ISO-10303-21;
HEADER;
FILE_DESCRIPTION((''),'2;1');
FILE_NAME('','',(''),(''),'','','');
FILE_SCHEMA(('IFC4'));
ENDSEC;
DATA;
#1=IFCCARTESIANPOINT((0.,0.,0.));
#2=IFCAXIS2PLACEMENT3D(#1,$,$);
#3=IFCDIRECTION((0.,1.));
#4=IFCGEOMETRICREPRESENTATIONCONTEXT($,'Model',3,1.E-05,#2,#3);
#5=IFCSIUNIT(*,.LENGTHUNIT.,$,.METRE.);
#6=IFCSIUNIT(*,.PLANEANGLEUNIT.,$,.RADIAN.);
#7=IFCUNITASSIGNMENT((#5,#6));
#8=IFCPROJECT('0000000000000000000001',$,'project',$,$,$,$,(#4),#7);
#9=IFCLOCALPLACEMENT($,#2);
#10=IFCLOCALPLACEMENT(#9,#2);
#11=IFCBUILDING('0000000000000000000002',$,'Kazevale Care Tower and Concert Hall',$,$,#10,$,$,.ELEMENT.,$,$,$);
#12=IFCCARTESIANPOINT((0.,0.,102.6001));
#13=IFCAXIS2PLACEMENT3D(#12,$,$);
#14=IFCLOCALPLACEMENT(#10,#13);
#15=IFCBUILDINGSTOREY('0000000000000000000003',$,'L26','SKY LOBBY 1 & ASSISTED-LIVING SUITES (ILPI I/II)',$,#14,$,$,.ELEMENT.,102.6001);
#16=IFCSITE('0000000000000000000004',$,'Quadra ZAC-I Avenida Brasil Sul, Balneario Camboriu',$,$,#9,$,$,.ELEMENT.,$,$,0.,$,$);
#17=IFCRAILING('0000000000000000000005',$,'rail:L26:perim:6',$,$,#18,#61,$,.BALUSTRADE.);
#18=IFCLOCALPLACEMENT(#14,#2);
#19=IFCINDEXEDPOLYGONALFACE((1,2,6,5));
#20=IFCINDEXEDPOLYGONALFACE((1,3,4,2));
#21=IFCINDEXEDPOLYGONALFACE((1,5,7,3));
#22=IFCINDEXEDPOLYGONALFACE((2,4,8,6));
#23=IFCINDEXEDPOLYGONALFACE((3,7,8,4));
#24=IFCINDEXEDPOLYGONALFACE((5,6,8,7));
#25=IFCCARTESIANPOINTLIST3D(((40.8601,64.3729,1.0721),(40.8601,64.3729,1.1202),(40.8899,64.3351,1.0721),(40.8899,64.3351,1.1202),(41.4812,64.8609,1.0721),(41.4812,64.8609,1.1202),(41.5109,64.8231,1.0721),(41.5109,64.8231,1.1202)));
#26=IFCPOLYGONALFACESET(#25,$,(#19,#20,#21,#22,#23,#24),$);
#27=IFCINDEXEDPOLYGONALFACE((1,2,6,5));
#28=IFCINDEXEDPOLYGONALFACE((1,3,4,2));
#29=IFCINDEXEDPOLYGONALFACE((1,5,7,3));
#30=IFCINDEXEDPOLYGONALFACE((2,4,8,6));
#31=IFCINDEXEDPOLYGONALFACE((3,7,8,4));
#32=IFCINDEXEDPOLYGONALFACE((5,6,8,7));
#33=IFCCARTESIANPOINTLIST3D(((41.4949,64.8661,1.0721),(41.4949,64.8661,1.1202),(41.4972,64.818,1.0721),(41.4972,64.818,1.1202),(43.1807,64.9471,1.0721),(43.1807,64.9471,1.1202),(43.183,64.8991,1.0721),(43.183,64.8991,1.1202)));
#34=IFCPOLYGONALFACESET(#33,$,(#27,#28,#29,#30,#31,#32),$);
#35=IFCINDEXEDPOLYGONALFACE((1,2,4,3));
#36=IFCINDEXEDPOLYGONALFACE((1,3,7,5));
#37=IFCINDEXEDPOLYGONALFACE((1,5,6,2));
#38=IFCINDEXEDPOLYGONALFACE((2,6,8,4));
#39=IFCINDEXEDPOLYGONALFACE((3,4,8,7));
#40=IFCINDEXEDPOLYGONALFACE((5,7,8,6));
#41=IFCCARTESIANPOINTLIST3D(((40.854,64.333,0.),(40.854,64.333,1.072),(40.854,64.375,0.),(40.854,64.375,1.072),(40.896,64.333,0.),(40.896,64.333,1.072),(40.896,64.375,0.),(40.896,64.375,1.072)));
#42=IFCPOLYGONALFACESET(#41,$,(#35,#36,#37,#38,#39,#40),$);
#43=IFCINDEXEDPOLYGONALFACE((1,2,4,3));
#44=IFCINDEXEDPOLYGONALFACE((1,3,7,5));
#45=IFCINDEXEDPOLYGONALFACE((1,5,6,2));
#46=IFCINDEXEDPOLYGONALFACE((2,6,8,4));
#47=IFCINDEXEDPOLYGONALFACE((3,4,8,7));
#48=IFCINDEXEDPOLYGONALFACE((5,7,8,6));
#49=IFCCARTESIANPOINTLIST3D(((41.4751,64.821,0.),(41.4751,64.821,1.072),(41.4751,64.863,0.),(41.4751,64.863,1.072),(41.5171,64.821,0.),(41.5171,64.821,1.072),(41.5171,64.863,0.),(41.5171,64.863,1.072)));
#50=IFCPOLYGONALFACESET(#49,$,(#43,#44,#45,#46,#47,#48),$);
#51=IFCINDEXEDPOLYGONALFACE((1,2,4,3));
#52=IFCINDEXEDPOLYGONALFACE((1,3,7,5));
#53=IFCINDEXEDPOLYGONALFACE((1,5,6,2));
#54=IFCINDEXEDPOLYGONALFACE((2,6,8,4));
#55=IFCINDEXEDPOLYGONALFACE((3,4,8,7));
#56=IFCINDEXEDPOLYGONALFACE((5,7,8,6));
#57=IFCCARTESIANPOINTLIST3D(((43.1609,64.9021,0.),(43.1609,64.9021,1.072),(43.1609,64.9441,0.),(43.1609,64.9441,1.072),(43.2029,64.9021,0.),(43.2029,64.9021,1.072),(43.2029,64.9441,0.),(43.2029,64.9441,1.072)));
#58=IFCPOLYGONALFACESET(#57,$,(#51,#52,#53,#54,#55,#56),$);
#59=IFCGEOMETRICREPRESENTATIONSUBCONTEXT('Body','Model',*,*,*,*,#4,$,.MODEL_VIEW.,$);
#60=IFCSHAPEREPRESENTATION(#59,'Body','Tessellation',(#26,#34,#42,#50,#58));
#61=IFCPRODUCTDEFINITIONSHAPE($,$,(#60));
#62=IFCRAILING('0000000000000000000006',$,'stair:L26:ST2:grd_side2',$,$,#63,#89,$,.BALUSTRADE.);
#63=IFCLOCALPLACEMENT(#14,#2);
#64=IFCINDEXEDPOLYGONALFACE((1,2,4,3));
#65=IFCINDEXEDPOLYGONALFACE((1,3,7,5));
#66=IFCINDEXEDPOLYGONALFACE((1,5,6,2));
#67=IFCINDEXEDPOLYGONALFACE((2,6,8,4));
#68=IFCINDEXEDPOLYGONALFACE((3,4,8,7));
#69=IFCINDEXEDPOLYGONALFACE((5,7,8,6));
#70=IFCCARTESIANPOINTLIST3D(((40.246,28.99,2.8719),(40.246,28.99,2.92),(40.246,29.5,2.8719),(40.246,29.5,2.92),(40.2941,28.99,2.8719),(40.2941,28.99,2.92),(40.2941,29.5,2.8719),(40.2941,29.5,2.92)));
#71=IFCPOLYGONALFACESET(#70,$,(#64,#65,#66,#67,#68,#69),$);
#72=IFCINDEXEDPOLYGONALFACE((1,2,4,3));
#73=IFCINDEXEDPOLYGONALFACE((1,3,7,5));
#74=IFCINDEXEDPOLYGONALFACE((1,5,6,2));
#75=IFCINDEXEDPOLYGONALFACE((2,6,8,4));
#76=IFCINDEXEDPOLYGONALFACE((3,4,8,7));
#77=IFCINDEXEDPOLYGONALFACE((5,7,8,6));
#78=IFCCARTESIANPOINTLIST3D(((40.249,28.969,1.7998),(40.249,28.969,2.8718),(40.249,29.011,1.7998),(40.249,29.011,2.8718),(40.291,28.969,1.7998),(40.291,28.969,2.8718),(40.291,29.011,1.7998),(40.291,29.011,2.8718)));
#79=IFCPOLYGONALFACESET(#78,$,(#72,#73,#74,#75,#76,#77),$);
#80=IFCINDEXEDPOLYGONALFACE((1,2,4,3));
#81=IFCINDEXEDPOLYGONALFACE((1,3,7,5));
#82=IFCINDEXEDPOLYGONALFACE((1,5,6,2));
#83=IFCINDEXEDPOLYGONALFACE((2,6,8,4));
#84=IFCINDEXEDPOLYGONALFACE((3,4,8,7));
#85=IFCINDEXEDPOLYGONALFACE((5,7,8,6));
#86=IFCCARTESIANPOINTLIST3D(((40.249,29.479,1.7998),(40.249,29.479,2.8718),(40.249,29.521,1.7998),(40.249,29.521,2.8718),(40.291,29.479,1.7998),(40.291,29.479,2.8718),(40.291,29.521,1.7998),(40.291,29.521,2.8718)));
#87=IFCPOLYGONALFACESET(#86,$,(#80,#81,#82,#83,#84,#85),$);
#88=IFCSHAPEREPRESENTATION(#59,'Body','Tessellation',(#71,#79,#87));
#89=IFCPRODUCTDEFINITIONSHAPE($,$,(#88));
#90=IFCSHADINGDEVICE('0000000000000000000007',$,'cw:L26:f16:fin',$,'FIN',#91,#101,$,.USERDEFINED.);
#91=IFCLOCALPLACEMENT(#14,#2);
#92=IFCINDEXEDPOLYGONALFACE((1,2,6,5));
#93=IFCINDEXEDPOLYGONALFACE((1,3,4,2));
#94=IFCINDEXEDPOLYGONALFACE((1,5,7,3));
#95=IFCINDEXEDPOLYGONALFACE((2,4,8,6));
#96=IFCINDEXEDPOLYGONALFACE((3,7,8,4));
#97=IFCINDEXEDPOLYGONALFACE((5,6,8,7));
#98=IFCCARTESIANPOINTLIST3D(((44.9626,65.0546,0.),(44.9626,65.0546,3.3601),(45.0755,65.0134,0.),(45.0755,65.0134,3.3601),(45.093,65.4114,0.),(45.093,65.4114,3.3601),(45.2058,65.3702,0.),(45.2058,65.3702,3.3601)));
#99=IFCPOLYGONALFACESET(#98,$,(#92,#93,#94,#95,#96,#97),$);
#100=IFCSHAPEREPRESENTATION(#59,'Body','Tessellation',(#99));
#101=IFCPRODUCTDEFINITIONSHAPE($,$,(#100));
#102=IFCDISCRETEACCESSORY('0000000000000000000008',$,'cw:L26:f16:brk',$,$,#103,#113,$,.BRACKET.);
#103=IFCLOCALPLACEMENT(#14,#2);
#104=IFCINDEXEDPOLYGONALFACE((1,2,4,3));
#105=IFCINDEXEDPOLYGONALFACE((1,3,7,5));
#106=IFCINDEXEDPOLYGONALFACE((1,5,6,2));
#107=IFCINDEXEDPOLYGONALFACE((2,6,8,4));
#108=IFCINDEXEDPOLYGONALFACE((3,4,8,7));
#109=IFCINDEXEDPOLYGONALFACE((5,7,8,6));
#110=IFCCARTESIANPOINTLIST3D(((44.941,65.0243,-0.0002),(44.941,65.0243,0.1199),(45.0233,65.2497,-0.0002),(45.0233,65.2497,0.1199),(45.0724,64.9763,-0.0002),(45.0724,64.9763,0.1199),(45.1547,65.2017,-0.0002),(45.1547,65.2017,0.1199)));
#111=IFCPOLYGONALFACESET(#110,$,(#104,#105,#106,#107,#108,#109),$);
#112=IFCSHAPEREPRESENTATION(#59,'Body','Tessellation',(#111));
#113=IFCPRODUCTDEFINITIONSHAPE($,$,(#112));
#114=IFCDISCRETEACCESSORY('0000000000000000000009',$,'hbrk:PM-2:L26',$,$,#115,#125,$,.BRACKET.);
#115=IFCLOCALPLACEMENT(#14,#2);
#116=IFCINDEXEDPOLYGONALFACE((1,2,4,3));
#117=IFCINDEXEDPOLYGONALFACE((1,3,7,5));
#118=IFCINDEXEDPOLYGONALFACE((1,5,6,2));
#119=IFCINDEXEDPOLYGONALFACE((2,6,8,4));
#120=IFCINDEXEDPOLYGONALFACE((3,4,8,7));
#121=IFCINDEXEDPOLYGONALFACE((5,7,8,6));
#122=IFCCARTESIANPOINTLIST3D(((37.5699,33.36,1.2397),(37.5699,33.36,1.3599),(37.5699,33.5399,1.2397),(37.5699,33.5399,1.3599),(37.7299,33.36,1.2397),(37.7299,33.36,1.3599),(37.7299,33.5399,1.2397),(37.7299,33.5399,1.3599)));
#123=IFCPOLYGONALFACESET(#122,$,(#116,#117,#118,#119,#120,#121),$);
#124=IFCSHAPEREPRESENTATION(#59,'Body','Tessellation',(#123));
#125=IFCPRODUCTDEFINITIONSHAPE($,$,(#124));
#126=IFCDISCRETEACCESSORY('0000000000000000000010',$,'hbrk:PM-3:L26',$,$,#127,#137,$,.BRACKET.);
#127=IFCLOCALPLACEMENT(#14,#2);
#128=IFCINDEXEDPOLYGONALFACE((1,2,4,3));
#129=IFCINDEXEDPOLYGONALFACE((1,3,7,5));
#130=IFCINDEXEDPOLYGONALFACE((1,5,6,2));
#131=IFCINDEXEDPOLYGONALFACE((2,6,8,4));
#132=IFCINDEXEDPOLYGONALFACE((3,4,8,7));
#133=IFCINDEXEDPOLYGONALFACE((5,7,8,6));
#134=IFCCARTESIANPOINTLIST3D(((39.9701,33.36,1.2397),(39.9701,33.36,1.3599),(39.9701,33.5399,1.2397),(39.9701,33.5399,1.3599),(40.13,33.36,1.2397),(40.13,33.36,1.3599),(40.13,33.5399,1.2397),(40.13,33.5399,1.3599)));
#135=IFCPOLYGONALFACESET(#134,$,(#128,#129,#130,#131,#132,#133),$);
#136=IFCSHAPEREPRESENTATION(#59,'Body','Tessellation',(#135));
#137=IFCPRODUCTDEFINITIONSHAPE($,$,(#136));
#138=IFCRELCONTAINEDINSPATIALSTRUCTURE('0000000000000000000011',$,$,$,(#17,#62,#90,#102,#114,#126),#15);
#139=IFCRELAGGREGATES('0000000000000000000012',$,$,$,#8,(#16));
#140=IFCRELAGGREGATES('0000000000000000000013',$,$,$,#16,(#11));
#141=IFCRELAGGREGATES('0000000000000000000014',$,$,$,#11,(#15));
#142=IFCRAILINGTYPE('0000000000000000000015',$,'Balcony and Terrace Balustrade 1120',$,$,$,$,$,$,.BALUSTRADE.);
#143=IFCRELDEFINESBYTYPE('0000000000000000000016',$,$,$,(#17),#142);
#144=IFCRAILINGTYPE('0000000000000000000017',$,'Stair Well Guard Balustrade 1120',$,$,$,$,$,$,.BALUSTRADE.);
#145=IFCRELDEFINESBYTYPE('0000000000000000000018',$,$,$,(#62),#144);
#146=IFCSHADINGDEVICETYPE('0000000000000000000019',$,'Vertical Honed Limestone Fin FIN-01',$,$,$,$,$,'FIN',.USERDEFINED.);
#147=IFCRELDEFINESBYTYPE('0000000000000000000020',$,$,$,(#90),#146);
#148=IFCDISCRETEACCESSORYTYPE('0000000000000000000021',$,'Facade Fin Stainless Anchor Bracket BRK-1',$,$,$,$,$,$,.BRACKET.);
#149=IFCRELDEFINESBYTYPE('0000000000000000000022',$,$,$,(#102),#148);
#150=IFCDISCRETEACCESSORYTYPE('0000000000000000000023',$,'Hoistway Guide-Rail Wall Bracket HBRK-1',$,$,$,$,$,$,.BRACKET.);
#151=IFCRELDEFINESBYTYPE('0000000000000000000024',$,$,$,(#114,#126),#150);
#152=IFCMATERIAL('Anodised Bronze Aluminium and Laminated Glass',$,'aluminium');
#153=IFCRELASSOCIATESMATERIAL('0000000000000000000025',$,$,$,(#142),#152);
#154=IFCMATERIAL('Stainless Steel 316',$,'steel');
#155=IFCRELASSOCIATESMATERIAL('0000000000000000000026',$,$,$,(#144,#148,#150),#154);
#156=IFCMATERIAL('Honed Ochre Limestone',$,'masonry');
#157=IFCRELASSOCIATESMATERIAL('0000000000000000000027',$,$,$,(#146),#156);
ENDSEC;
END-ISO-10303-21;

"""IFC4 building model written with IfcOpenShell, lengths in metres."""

from ifc_helpers import new_model, si_unit, direction, frame, origin, origin_2d, place, context, subcontext, project, spatial, rectangle, extrude, material, type_object, element, save


model = new_model("IFC4")

# Units and contexts
model_context = context("Model", 3, precision=1e-05, world=origin(), true_north=direction((0.0, 1.0)))
body_context = subcontext(model_context, "Body", "Model", "MODEL_VIEW")
ifc_project = project(units=[si_unit("LENGTHUNIT", "METRE"), si_unit("PLANEANGLEUNIT", "RADIAN")], contexts=[model_context])

# Site, building, storey
site_placement = place(None, origin())
site = spatial("IfcSite", under=ifc_project, at=site_placement, Name="Quadra ZAC-I Avenida Brasil Sul, Balneario Camboriu", CompositionType="ELEMENT", RefElevation=0.0)
building_placement = place(site_placement, origin())
building = spatial("IfcBuilding", under=site, at=building_placement, Name="Kazevale Care Tower and Concert Hall", CompositionType="ELEMENT")
storey_placement = place(building_placement, frame((0.0, 0.0, 102.6001)))
storey = spatial("IfcBuildingStorey", under=building, at=storey_placement, Name="L26", Description="SKY LOBBY 1 & ASSISTED-LIVING SUITES (ILPI I/II)", CompositionType="ELEMENT", Elevation=102.6001)

# Railings
ifc_material_1 = material(Name="Anodised Bronze Aluminium and Laminated Glass", Category="aluminium")
railing_type_1 = type_object("IfcRailingType", Name="Balcony and Terrace Balustrade 1120", PredefinedType="BALUSTRADE", material=ifc_material_1)
railing_1_placement = place(storey_placement, frame((40.875, 64.354, 0.0)))
element("IfcRailing", 1, at=railing_1_placement, inside=storey, type_object=railing_type_1, Name="rail:L26:perim:6", PredefinedType="BALUSTRADE", context=body_context, shape_type="SweptSolid", body=[
    extrude(rectangle(XDim=0.0481, YDim=0.0481, at=origin_2d()), frame((0.0, 0.0, 1.0962), z_axis=(0.786297, 0.617849, 0.0), x_axis=(-0.617849, 0.786297, 0.0)), (0.0, 0.0, 1.0), 0.7898),
    extrude(rectangle(XDim=0.0481, YDim=0.0481, at=origin_2d()), frame((0.6211, 0.488, 1.0962), z_axis=(0.998846, 0.048026, 0.0), x_axis=(-0.048026, 0.998846, 0.0)), (0.0, 0.0, 1.0), 1.6877),
    extrude(rectangle(XDim=0.042, YDim=0.042, at=origin_2d()), origin(), (0.0, 0.0, 1.0), 1.072),
    extrude(rectangle(XDim=0.042, YDim=0.042, at=origin_2d()), frame((0.6211, 0.488, 0.0)), (0.0, 0.0, 1.0), 1.072),
    extrude(rectangle(XDim=0.042, YDim=0.042, at=origin_2d()), frame((2.3069, 0.5691, 0.0)), (0.0, 0.0, 1.0), 1.072),
])
ifc_material_2 = material(Name="Stainless Steel 316", Category="steel")
railing_type_2 = type_object("IfcRailingType", Name="Stair Well Guard Balustrade 1120", PredefinedType="BALUSTRADE", material=ifc_material_2)
railing_2_placement = place(storey_placement, frame((40.27, 28.99, 1.7998)))
element("IfcRailing", 2, at=railing_2_placement, inside=storey, type_object=railing_type_2, Name="stair:L26:ST2:grd_side2", PredefinedType="BALUSTRADE", context=body_context, shape_type="SweptSolid", body=[
    extrude(rectangle(XDim=0.0481, YDim=0.0481, at=origin_2d()), frame((0.0, 0.0, 1.0962), z_axis=(0.0, 1.0, 0.0), x_axis=(-1.0, 0.0, 0.0)), (0.0, 0.0, 1.0), 0.51),
    extrude(rectangle(XDim=0.042, YDim=0.042, at=origin_2d()), origin(), (0.0, 0.0, 1.0), 1.072),
    extrude(rectangle(XDim=0.042, YDim=0.042, at=origin_2d()), frame((0.0, 0.51, 0.0)), (0.0, 0.0, 1.0), 1.072),
])

# Shading device
ifc_material_3 = material(Name="Honed Ochre Limestone", Category="masonry")
shading_device_type = type_object("IfcShadingDeviceType", Name="Vertical Honed Limestone Fin FIN-01", ElementType="FIN", PredefinedType="USERDEFINED", material=ifc_material_3)
shading_device_placement = place(storey_placement, frame((45.0842, 65.2124, 0.0), z_axis=(0.0, 0.0, 1.0), x_axis=(0.343168, 0.939274, 0.0)))
element("IfcShadingDevice", 3, at=shading_device_placement, inside=storey, type_object=shading_device_type, Name="cw:L26:f16:fin", ObjectType="FIN", PredefinedType="USERDEFINED", context=body_context, shape_type="SweptSolid", body=[
    extrude(rectangle(XDim=0.3799, YDim=0.1201, at=origin_2d()), origin(), (0.0, 0.0, 1.0), 3.3601),
])

# Discrete accessories
discrete_accessory_type_1 = type_object("IfcDiscreteAccessoryType", Name="Facade Fin Stainless Anchor Bracket BRK-1", PredefinedType="BRACKET", material=ifc_material_2)
discrete_accessory_placement = place(storey_placement, frame((45.0479, 65.113, -0.0002), z_axis=(0.0, 0.0, 1.0), x_axis=(0.343168, 0.939274, 0.0)))
element("IfcDiscreteAccessory", 4, at=discrete_accessory_placement, inside=storey, type_object=discrete_accessory_type_1, Name="cw:L26:f16:brk", PredefinedType="BRACKET", context=body_context, shape_type="SweptSolid", body=[
    extrude(rectangle(XDim=0.24, YDim=0.1399, at=origin_2d()), origin(), (0.0, 0.0, 1.0), 0.1201),
])
discrete_accessory_type_2 = type_object("IfcDiscreteAccessoryType", Name="Hoistway Guide-Rail Wall Bracket HBRK-1", PredefinedType="BRACKET", material=ifc_material_2)
for number, where, z_axis, x_axis, name in (
    (5, (37.6499, 33.45, 1.2397), (0.0, 0.0, 1.0), (1.0, 0.0, 0.0), "hbrk:PM-2:L26"),
    (6, (40.05, 33.45, 1.2397), (0.0, 0.0, 1.0), (1.0, 0.0, 0.0), "hbrk:PM-3:L26"),
):
    element("IfcDiscreteAccessory", number, at=place(storey_placement, frame(where, z_axis=z_axis, x_axis=x_axis)), inside=storey, type_object=discrete_accessory_type_2, Name=name, PredefinedType="BRACKET", context=body_context, shape_type="SweptSolid", body=[
        extrude(rectangle(XDim=0.1599, YDim=0.1799, at=origin_2d()), origin(), (0.0, 0.0, 1.0), 0.1201),
    ])

save(model, "model.ifc")
